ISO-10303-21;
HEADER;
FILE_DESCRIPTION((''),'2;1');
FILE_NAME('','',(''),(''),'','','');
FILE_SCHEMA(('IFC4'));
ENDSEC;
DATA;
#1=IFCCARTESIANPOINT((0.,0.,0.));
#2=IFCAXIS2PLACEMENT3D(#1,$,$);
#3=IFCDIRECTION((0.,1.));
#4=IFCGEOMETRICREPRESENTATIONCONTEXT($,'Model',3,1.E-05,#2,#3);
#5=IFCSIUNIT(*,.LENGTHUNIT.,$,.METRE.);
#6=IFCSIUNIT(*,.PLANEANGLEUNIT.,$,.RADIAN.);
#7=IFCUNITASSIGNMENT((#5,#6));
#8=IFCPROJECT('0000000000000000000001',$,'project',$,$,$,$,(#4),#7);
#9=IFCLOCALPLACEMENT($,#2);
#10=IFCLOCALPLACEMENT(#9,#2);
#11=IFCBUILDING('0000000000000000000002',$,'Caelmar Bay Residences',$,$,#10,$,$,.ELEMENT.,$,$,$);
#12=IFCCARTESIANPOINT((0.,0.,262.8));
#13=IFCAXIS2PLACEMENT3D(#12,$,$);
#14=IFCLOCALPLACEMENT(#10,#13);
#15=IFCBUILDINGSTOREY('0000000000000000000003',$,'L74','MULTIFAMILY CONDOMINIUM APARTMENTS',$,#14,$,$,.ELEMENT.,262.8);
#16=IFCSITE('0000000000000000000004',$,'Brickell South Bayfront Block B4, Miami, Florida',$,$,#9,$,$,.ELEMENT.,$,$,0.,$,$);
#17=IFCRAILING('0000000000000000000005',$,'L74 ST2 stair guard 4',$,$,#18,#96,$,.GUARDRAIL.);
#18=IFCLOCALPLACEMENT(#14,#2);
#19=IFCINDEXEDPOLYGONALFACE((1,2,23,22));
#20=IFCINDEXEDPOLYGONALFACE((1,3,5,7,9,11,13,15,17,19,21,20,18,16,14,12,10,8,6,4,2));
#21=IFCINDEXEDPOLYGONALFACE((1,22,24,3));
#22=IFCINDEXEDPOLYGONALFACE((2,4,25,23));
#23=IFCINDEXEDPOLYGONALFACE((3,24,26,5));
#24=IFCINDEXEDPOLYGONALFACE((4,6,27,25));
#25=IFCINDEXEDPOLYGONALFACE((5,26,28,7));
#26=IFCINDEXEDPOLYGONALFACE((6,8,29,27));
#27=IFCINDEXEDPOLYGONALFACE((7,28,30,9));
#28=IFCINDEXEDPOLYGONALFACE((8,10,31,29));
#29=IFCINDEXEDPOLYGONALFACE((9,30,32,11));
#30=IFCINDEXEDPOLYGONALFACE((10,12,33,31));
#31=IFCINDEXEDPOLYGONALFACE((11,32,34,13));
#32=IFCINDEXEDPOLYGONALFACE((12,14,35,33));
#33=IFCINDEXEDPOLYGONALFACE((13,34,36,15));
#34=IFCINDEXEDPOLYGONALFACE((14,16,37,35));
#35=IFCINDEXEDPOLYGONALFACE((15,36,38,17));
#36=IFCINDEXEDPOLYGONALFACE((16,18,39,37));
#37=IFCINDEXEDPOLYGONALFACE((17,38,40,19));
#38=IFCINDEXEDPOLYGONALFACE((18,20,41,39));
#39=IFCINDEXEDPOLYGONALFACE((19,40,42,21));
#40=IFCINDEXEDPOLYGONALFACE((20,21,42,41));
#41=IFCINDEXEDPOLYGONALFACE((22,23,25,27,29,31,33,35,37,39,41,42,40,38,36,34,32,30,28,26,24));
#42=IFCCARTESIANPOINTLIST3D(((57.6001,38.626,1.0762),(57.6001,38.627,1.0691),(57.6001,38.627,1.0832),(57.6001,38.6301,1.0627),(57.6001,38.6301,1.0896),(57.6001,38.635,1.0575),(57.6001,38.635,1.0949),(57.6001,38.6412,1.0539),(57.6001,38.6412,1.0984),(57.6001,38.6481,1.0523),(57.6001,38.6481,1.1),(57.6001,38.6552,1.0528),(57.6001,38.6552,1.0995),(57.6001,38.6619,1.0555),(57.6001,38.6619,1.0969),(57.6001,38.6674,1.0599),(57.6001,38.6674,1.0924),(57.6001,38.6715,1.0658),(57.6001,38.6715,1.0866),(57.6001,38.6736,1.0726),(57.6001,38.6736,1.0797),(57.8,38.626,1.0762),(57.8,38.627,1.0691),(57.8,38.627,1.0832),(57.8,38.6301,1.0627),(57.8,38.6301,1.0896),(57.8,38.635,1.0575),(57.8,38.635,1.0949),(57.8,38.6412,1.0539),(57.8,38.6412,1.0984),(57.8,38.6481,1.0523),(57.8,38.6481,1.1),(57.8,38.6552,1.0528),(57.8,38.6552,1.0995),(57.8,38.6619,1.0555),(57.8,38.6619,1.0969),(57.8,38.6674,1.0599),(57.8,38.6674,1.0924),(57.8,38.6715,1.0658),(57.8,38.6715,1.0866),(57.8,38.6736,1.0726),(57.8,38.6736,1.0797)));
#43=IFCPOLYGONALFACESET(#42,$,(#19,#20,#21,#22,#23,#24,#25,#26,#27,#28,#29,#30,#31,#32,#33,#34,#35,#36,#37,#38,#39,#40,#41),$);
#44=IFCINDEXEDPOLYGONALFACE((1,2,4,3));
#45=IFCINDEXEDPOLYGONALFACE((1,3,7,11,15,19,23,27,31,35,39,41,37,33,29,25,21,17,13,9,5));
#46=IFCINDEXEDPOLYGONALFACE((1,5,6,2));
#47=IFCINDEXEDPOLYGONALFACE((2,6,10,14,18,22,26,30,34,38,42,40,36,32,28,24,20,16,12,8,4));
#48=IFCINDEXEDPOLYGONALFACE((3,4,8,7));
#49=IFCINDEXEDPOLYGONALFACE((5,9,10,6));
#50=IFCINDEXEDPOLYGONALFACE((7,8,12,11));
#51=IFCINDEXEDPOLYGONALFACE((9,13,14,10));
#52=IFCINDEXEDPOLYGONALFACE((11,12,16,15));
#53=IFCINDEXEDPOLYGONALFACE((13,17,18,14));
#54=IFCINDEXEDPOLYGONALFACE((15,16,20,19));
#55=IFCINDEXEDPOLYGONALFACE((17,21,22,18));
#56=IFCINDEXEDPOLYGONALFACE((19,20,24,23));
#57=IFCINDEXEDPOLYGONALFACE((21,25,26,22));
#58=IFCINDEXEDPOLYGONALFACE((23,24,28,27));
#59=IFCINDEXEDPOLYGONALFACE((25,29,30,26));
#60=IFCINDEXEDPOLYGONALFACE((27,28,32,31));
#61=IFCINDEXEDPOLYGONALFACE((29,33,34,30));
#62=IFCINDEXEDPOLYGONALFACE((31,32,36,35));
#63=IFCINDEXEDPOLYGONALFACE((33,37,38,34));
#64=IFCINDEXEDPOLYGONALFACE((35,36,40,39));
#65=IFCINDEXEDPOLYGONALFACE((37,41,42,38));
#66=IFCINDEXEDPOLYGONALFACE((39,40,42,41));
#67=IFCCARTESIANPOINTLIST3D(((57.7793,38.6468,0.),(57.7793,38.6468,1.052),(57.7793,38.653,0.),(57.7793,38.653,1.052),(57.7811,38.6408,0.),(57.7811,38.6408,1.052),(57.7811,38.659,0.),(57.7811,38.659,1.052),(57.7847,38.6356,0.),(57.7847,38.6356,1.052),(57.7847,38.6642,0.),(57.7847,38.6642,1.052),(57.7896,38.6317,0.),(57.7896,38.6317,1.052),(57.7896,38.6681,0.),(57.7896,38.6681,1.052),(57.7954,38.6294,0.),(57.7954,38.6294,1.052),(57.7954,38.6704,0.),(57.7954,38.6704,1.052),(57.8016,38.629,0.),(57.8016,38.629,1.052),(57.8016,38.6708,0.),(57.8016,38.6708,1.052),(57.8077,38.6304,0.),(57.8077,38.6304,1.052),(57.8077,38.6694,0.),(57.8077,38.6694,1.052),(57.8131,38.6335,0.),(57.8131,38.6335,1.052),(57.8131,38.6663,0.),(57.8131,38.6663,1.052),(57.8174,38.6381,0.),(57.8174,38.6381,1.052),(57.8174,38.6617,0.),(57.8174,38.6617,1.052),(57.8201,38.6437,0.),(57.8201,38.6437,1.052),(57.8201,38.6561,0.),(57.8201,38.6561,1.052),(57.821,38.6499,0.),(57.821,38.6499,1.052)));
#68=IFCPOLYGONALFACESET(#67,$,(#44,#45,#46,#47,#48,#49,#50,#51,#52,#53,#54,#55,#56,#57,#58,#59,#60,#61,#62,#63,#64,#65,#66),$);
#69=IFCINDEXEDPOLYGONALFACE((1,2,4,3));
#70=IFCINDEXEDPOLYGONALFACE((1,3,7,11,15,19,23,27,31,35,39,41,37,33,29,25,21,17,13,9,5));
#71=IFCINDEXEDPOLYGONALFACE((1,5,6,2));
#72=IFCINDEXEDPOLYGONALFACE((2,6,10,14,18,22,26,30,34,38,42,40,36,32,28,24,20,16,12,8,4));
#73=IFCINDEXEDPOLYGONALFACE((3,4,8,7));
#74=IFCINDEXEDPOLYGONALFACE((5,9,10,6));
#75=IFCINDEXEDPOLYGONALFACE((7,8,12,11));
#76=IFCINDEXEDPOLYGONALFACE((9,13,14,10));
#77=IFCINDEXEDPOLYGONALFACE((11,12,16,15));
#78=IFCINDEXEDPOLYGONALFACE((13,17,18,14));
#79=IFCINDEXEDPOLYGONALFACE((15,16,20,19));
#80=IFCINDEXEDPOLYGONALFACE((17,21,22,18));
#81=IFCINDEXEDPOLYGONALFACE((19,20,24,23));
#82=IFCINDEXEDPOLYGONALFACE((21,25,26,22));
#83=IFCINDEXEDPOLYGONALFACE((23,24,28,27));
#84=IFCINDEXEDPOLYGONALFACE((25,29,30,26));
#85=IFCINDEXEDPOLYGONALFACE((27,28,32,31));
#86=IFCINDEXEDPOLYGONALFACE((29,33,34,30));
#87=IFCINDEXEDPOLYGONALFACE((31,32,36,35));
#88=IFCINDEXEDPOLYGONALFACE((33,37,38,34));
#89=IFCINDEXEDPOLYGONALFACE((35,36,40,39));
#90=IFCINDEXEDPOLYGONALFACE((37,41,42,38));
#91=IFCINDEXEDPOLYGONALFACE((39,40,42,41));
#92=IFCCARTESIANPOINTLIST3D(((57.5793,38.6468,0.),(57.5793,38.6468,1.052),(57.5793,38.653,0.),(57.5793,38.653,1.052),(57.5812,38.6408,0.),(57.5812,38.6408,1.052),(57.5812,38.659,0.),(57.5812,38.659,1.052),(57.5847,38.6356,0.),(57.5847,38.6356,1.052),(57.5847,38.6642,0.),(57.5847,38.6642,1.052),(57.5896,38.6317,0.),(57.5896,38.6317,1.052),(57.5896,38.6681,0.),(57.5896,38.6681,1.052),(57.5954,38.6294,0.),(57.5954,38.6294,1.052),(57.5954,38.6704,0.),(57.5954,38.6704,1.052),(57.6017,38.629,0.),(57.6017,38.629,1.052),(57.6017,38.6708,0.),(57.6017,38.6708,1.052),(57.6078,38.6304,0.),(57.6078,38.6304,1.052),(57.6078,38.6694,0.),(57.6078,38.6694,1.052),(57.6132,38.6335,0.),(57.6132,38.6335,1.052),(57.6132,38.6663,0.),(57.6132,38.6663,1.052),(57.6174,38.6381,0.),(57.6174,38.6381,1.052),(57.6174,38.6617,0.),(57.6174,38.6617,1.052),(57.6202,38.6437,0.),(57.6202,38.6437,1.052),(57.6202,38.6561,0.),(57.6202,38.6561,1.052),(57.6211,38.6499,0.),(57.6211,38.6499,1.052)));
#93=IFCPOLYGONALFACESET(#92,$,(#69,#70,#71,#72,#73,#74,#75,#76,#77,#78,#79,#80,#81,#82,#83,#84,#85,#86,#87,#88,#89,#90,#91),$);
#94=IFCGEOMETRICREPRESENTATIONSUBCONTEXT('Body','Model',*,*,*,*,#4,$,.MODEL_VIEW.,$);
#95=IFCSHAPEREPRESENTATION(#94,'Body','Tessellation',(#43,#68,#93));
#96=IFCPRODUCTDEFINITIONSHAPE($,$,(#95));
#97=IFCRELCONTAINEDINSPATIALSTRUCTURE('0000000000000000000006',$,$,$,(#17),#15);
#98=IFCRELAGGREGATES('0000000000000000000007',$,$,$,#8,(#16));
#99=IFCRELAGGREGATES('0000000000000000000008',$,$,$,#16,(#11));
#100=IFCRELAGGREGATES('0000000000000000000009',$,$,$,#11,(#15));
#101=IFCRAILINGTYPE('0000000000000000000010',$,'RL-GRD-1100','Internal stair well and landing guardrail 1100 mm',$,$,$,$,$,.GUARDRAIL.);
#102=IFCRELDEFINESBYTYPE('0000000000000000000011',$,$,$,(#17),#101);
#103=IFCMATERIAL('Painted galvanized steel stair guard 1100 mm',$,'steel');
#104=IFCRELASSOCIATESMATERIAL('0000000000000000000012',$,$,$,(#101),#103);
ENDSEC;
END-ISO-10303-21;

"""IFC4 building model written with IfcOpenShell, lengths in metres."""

from ifc_helpers import new_model, si_unit, direction, frame, origin, origin_2d, place, context, subcontext, project, spatial, circle, extrude, material, type_object, element, save


model = new_model("IFC4")

# Units and contexts
model_context = context("Model", 3, precision=1e-05, world=origin(), true_north=direction((0.0, 1.0)))
body_context = subcontext(model_context, "Body", "Model", "MODEL_VIEW")
ifc_project = project(units=[si_unit("LENGTHUNIT", "METRE"), si_unit("PLANEANGLEUNIT", "RADIAN")], contexts=[model_context])

# Site, building, storey
site_placement = place(None, origin())
site = spatial("IfcSite", under=ifc_project, at=site_placement, Name="Brickell South Bayfront Block B4, Miami, Florida", CompositionType="ELEMENT", RefElevation=0.0)
building_placement = place(site_placement, origin())
building = spatial("IfcBuilding", under=site, at=building_placement, Name="Caelmar Bay Residences", CompositionType="ELEMENT")
storey_placement = place(building_placement, frame((0.0, 0.0, 262.8)))
storey = spatial("IfcBuildingStorey", under=building, at=storey_placement, Name="L74", Description="MULTIFAMILY CONDOMINIUM APARTMENTS", CompositionType="ELEMENT", Elevation=262.8)

# Railing
ifc_material_1 = material(Name="Painted galvanized steel stair guard 1100 mm", Category="steel")
railing_type_1 = type_object("IfcRailingType", Name="RL-GRD-1100", Description="Internal stair well and landing guardrail 1100 mm", PredefinedType="GUARDRAIL", material=ifc_material_1)
railing_1_placement = place(storey_placement, frame((57.8, 38.6499, 0.0)))
element("IfcRailing", 1, at=railing_1_placement, inside=storey, type_object=railing_type_1, Name="L74 ST2 stair guard 4", PredefinedType="GUARDRAIL", context=body_context, shape_type="SweptSolid", body=[
    extrude(circle(Radius=0.0239, at=origin_2d()), frame((0.0, 0.0, 1.0762), z_axis=(-1.0, 0.0, 0.0), x_axis=(0.0, -1.0, 0.0)), (0.0, 0.0, 1.0), 0.2),
    extrude(circle(Radius=0.021, at=origin_2d()), origin(), (0.0, 0.0, 1.0), 1.052),
    extrude(circle(Radius=0.021, at=origin_2d()), frame((-0.2, 0.0, 0.0)), (0.0, 0.0, 1.0), 1.052),
])

save(model, "model.ifc")
